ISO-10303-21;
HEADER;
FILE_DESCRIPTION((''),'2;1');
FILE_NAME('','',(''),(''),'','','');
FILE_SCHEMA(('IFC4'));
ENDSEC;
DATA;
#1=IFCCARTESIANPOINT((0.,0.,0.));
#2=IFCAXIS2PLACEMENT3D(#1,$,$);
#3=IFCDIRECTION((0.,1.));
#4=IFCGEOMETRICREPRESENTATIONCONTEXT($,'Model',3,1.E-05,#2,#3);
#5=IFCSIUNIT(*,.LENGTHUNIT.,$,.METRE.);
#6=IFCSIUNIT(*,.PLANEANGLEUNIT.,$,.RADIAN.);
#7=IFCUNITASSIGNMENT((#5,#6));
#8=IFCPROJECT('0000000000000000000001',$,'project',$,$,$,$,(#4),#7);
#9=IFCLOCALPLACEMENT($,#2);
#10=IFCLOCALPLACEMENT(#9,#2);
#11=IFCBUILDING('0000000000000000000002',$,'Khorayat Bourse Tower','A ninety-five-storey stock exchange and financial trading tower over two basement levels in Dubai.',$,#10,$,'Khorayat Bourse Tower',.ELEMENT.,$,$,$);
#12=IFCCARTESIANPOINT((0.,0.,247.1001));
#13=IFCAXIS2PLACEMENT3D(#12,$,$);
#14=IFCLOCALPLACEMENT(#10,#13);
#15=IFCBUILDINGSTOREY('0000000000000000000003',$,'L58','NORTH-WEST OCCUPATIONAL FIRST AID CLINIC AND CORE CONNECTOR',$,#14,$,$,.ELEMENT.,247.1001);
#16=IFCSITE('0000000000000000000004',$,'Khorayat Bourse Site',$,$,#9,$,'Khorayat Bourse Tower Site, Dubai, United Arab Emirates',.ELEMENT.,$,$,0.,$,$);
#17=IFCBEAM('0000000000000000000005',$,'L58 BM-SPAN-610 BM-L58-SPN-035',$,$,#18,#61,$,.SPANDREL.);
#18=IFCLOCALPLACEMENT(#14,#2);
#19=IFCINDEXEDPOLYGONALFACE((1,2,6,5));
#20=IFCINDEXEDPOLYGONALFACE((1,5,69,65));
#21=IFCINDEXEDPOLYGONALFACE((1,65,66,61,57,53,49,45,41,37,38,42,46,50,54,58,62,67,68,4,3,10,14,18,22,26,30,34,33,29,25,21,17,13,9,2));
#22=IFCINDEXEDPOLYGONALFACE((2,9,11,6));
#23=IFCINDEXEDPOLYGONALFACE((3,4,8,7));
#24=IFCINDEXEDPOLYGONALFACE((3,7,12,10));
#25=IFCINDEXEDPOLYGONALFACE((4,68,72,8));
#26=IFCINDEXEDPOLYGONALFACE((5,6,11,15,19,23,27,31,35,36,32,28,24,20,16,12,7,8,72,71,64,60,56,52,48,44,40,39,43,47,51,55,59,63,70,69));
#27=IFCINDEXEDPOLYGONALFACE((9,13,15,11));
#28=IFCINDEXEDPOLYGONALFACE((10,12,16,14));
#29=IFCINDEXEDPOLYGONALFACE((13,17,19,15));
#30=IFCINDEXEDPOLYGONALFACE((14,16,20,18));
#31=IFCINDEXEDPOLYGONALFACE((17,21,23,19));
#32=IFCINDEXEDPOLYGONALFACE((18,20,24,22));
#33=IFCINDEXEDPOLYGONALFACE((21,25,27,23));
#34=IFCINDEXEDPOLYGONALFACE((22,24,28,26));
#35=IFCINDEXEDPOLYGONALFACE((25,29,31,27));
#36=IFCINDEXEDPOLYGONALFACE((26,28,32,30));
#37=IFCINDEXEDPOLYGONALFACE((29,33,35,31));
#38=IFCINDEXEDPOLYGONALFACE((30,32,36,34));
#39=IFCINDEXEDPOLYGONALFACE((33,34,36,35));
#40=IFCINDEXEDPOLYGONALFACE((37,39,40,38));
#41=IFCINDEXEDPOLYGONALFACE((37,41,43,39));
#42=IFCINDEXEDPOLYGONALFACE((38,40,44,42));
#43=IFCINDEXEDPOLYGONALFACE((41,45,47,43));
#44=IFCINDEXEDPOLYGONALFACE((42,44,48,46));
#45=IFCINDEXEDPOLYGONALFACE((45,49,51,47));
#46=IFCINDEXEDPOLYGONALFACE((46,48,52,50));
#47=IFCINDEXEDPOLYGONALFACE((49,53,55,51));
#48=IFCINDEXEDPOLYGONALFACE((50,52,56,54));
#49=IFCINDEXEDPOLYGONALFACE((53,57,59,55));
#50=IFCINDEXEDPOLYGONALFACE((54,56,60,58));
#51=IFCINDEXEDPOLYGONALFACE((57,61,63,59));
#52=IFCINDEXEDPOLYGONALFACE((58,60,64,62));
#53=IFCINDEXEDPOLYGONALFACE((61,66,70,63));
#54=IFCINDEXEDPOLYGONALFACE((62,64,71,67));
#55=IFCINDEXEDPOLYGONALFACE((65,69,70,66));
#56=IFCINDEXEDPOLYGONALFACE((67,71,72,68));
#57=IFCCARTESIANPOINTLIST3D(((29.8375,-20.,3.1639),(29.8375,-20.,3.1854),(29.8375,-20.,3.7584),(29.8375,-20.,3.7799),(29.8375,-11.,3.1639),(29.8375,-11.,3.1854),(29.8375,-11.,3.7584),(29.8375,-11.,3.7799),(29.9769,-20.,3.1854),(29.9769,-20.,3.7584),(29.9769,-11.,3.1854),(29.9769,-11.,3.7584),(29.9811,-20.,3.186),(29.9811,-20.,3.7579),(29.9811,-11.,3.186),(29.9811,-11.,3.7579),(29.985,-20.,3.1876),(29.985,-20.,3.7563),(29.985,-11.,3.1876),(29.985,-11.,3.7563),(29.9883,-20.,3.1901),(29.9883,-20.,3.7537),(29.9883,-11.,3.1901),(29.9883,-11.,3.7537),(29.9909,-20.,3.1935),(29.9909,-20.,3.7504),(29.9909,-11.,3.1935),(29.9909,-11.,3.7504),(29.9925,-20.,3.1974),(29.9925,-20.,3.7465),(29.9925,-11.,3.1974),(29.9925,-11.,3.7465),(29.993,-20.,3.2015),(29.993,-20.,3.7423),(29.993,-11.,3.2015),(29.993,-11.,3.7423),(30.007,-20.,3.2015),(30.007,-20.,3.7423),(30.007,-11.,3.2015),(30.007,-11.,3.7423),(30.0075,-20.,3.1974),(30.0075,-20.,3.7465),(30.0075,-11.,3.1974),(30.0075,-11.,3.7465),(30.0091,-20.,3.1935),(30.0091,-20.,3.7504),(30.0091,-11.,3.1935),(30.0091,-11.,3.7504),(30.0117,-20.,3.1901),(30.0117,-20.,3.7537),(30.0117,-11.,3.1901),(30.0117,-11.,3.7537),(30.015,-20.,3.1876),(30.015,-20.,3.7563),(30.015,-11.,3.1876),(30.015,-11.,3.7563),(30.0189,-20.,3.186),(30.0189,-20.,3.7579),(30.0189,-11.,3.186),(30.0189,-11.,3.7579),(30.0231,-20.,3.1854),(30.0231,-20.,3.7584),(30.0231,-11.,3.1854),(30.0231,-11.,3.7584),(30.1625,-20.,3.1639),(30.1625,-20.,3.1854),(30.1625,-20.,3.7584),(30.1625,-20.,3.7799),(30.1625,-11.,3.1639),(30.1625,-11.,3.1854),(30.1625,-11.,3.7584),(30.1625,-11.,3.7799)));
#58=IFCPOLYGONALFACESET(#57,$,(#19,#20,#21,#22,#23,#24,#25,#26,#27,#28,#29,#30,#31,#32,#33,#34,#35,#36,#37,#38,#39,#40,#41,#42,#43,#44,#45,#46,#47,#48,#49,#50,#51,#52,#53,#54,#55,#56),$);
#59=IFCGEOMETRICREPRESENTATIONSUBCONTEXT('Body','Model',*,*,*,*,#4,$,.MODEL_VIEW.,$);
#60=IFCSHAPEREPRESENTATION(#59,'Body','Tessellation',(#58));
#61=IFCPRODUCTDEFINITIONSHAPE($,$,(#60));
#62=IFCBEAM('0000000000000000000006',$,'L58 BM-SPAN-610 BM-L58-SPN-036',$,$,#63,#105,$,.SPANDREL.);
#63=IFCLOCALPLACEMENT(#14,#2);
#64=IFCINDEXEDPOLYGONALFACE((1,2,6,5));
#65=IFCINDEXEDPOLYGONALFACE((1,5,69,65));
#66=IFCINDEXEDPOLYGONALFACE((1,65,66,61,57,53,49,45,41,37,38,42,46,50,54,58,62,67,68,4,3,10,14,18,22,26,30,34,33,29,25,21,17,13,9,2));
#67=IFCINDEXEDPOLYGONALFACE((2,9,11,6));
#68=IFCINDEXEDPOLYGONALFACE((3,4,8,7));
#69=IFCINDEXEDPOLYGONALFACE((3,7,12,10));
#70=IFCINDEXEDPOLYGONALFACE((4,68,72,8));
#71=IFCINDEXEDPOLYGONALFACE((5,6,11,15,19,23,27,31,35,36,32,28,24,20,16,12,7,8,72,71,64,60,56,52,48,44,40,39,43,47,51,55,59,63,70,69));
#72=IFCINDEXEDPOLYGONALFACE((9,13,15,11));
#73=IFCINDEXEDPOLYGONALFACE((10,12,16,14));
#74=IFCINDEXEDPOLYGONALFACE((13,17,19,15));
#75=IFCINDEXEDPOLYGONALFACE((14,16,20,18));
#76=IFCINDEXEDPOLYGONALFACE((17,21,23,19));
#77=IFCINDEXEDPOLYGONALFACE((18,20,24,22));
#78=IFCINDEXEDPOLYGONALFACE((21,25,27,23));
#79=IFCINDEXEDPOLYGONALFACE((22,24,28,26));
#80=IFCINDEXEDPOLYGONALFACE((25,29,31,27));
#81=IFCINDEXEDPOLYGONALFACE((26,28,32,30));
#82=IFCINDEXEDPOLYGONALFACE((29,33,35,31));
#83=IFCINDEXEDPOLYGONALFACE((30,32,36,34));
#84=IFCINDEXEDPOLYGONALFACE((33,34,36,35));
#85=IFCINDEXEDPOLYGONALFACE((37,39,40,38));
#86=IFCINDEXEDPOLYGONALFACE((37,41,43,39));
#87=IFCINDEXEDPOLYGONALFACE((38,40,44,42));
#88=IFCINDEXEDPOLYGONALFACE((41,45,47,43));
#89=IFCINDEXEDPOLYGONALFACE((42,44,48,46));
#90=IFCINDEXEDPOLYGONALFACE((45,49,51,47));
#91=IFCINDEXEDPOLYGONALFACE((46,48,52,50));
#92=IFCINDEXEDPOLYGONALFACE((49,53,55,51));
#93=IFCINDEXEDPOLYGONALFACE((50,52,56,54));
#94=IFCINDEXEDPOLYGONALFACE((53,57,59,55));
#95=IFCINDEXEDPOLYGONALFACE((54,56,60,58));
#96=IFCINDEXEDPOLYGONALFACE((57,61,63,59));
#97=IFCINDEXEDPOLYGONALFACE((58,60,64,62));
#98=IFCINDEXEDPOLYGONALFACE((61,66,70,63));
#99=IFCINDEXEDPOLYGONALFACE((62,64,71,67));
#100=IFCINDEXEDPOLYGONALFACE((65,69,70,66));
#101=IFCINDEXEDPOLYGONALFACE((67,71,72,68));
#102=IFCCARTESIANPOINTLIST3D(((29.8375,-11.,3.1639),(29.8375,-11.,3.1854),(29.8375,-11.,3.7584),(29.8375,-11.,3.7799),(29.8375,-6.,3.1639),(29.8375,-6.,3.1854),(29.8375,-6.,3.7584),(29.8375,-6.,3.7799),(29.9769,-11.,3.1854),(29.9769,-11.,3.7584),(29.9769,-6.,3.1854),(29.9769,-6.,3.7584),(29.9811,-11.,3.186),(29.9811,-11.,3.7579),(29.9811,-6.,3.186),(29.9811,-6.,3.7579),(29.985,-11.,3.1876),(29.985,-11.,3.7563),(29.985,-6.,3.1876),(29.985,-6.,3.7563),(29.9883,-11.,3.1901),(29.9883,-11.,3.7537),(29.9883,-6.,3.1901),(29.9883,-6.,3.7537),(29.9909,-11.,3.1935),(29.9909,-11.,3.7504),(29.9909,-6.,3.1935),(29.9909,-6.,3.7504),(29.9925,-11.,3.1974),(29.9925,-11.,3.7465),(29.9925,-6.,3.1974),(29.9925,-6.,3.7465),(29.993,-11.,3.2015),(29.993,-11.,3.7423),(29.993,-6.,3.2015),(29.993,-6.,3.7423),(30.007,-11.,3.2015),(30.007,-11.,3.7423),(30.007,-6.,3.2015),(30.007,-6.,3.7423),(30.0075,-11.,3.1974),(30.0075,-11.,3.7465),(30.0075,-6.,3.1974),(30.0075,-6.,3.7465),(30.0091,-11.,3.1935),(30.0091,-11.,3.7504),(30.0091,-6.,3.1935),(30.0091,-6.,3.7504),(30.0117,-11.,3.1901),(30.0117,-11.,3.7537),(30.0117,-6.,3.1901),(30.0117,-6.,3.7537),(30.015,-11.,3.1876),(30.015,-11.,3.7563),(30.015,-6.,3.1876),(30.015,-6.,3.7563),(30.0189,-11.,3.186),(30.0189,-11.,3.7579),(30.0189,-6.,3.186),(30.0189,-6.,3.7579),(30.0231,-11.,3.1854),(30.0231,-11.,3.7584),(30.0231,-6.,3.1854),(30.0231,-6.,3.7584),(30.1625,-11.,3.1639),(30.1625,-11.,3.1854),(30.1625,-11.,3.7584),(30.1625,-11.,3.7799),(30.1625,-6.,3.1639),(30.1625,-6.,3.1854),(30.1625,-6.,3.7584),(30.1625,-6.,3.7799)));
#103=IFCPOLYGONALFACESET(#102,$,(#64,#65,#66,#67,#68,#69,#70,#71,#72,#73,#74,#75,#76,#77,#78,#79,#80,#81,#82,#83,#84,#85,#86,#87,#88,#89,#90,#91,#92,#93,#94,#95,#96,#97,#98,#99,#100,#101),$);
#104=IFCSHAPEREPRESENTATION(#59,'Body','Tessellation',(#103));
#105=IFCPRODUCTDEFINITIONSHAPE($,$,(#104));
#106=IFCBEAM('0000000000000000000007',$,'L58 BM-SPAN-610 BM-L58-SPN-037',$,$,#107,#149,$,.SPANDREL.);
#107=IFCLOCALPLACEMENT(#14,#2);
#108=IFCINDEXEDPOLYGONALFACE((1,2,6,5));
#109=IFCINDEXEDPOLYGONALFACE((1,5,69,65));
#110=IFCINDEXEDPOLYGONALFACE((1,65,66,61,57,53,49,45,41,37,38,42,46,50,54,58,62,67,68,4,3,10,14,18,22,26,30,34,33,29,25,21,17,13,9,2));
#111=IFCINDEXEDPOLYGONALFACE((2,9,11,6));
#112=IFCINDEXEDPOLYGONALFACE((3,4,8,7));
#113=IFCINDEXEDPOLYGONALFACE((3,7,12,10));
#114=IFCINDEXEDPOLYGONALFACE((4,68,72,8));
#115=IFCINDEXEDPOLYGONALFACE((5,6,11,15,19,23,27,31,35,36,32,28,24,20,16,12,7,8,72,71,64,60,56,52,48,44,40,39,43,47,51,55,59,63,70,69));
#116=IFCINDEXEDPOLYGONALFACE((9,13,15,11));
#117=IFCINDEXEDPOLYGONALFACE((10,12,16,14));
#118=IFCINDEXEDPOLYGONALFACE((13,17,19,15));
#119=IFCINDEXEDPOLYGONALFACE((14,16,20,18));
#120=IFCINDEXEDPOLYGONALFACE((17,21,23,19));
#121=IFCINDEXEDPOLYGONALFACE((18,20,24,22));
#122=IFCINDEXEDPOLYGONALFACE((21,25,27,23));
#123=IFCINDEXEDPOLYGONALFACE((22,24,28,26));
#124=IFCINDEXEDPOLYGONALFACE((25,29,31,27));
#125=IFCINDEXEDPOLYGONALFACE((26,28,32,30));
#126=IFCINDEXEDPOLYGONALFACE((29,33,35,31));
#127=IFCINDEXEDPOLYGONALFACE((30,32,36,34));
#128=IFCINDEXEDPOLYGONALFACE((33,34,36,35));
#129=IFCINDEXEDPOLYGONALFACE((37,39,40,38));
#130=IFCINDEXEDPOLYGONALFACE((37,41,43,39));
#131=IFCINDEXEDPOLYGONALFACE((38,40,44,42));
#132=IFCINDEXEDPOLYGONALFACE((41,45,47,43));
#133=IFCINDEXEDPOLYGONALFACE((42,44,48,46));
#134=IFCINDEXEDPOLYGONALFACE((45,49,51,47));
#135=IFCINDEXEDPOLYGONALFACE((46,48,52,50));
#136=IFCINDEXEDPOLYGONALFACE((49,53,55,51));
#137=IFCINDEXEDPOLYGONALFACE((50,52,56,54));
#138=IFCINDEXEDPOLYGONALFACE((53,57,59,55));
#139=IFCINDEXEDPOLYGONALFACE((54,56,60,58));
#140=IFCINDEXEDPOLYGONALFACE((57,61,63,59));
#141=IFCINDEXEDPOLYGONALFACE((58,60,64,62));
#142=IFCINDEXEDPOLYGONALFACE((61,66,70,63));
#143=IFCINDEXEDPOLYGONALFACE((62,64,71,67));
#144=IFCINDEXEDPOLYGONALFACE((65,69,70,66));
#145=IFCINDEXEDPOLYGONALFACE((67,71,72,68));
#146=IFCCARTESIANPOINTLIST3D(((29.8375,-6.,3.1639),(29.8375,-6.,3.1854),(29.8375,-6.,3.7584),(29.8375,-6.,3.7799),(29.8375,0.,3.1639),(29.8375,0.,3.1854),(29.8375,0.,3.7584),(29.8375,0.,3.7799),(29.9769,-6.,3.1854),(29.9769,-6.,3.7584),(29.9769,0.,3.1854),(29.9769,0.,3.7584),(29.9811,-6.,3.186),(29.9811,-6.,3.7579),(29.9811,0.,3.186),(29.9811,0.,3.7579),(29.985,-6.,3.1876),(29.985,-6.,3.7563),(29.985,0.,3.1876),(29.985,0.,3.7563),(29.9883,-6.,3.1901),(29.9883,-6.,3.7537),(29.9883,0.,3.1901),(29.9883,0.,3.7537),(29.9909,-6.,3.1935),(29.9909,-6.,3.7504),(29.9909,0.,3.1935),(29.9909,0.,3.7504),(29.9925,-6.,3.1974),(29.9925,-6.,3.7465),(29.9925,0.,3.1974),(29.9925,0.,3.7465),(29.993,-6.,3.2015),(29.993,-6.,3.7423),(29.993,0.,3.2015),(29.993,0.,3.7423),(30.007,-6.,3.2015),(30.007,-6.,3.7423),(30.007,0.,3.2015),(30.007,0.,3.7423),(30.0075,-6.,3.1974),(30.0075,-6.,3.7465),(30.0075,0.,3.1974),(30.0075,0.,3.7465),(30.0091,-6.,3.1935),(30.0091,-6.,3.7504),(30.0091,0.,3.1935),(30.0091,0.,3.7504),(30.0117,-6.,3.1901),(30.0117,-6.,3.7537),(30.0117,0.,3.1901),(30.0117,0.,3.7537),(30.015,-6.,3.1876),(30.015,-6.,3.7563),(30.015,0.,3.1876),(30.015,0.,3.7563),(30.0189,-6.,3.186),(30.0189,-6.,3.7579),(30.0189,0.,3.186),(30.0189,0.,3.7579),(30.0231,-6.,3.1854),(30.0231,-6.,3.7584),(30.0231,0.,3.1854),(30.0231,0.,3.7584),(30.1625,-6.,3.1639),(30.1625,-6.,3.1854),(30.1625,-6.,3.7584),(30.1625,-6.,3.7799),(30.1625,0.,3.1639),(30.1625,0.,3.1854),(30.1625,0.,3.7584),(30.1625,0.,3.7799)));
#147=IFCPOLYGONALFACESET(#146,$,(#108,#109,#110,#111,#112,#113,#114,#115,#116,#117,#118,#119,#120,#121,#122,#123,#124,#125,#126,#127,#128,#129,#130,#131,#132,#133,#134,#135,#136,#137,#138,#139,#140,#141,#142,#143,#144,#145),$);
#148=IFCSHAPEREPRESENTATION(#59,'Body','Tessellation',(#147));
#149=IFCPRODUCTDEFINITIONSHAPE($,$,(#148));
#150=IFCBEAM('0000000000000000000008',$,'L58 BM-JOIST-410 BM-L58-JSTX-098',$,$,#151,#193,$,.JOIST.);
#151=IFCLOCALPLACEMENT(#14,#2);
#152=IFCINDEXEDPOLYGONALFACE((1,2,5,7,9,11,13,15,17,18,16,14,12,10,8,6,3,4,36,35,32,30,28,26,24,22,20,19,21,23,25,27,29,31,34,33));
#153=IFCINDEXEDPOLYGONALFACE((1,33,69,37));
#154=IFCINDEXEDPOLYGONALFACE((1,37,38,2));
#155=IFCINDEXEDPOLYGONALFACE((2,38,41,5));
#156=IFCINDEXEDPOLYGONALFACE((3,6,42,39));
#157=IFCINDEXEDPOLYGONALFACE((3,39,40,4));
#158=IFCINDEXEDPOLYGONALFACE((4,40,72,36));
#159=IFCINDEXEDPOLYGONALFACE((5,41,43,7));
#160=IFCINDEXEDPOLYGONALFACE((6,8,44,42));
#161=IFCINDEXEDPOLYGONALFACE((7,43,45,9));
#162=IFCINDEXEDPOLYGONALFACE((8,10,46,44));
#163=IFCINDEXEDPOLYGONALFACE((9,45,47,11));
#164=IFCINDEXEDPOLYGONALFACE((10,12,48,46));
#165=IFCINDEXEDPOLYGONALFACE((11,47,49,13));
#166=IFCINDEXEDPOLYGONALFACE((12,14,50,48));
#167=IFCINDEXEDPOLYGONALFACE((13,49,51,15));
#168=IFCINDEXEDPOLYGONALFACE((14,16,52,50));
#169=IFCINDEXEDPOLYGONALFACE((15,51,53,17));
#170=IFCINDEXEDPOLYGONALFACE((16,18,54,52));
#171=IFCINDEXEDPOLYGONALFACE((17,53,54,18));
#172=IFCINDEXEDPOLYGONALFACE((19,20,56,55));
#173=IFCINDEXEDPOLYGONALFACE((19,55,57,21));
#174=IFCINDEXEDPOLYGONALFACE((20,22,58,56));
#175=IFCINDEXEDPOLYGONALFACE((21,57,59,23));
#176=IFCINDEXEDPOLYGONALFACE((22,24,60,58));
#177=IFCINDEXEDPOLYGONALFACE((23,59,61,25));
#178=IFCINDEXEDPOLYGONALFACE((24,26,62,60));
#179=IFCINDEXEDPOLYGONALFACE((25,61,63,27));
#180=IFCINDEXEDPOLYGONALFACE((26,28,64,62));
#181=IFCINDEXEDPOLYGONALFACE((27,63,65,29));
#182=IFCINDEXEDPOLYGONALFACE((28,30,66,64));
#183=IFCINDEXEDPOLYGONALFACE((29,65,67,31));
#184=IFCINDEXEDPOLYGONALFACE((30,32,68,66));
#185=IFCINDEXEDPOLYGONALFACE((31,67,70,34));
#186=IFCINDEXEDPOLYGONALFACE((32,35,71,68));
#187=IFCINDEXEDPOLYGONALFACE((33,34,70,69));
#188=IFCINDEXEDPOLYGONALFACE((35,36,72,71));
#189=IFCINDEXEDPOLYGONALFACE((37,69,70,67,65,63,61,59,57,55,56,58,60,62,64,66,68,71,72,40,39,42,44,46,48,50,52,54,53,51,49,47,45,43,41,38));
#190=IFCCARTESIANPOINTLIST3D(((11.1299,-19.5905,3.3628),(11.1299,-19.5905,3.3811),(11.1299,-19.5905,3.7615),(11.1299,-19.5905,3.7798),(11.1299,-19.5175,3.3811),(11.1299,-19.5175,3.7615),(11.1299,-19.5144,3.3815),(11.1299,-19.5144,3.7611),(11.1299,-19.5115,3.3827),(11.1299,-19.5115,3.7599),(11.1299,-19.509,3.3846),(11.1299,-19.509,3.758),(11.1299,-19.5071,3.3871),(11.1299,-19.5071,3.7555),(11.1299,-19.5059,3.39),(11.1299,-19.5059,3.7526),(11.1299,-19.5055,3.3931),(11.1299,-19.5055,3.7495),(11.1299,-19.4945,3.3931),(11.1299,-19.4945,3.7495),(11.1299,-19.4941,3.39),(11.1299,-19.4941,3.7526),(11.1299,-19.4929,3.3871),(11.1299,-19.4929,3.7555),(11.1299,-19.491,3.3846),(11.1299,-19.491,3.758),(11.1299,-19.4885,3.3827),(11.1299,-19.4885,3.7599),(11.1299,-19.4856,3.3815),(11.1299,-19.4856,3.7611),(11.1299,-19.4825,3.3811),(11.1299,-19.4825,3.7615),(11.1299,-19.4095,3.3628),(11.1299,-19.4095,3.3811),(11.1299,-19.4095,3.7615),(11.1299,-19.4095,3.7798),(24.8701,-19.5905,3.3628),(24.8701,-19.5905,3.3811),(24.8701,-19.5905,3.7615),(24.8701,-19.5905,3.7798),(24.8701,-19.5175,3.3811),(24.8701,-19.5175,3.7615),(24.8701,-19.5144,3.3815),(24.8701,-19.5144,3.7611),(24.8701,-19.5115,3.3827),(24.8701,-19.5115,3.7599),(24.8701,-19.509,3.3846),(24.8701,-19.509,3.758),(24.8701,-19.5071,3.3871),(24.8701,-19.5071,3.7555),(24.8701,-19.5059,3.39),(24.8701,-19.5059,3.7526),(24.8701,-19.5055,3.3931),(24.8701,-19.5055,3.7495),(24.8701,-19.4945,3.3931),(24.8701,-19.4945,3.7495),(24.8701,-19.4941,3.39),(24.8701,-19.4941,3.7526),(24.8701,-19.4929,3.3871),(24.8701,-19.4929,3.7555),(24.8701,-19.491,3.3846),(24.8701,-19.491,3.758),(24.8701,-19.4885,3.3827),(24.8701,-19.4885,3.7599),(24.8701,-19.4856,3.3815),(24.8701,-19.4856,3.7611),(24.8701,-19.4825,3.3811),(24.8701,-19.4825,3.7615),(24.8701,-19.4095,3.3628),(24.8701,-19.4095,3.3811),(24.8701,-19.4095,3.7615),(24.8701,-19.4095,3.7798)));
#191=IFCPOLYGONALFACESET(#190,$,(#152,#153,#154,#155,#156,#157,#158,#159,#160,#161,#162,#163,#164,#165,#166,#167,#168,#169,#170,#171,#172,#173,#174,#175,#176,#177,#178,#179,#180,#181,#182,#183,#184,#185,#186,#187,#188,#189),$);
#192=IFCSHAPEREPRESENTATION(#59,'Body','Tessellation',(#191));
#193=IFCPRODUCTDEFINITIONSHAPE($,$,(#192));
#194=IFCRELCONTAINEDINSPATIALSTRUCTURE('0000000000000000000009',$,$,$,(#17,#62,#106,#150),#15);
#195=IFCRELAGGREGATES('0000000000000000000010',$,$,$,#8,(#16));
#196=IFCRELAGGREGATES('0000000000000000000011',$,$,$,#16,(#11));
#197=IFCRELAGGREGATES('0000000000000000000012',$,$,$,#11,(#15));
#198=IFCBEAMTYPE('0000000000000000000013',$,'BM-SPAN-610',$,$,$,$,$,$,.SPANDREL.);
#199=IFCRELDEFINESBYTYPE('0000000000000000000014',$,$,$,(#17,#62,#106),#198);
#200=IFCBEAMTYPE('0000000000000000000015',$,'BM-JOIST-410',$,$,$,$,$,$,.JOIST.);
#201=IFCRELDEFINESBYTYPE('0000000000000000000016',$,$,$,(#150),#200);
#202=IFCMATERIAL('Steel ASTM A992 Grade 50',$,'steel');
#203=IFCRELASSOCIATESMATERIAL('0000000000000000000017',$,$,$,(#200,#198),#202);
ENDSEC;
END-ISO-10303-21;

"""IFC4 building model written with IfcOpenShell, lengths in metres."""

from ifc_helpers import new_model, si_unit, direction, frame, origin, origin_2d, place, context, subcontext, project, spatial, i_section, extrude, source, transform, mapped, material, material_profile, profile_set, type_object, element, save


model = new_model("IFC4")

# Units and contexts
model_context = context("Model", 3, precision=1e-05, world=origin(), true_north=direction((0.0, 1.0)))
body_context = subcontext(model_context, "Body", "Model", "MODEL_VIEW")
ifc_project = project(units=[si_unit("LENGTHUNIT", "METRE"), si_unit("PLANEANGLEUNIT", "RADIAN")], contexts=[model_context])

# Site, building, storey
site_placement = place(None, origin())
site = spatial("IfcSite", under=ifc_project, at=site_placement, Name="Khorayat Bourse Site", LongName="Khorayat Bourse Tower Site, Dubai, United Arab Emirates", CompositionType="ELEMENT", RefElevation=0.0)
building_placement = place(site_placement, origin())
building = spatial("IfcBuilding", under=site, at=building_placement, Name="Khorayat Bourse Tower", Description="A ninety-five-storey stock exchange and financial trading tower over two basement levels in Dubai.", LongName="Khorayat Bourse Tower", CompositionType="ELEMENT")
storey_placement = place(building_placement, frame((0.0, 0.0, 247.1001)))
storey = spatial("IfcBuildingStorey", under=building, at=storey_placement, Name="L58", Description="NORTH-WEST OCCUPATIONAL FIRST AID CLINIC AND CORE CONNECTOR", CompositionType="ELEMENT", Elevation=247.1001)

# Beams
ifc_material_1 = material(Name="Steel ASTM A992 Grade 50", Category="steel")
ifc_material_profile_1 = material_profile(ifc_material_1, i_section(OverallWidth=0.1809, OverallDepth=0.417, WebThickness=0.011, FlangeThickness=0.0183, FilletRadius=0.012, at=origin_2d()), Name="W410X85")
ifc_profile_set_1 = profile_set([ifc_material_profile_1], Name="Steel ASTM A992 Grade 50")
beam_type_1 = type_object("IfcBeamType", Name="BM-JOIST-410", PredefinedType="JOIST", material=ifc_profile_set_1)
ifc_material_profile_2 = material_profile(ifc_material_1, i_section(OverallWidth=0.325, OverallDepth=0.616, WebThickness=0.0139, FlangeThickness=0.0215, FilletRadius=0.0161, at=origin_2d()), Name="W610X174")
ifc_profile_set_2 = profile_set([ifc_material_profile_2], Name="Steel ASTM A992 Grade 50")
beam_type_2 = type_object("IfcBeamType", Name="BM-SPAN-610", PredefinedType="SPANDREL", material=ifc_profile_set_2)
shared_shape_1 = source(origin(), body_context, "Body", "SweptSolid", [
    extrude(i_section(OverallWidth=0.325, OverallDepth=0.616, WebThickness=0.0139, FlangeThickness=0.0215, FilletRadius=0.0161, at=origin_2d()), origin(), (0.0, 0.0, 1.0), 9.0),
])
beam_1_placement = place(storey_placement, frame((30.0, -20.0, 3.4719), z_axis=(0.0, 1.0, 0.0), x_axis=(-1.0, 0.0, 0.0)))
element("IfcBeam", 1, at=beam_1_placement, inside=storey, type_object=beam_type_2, Name="L58 BM-SPAN-610 BM-L58-SPN-035", PredefinedType="SPANDREL", context=body_context, shape_type="MappedRepresentation", body=[
    mapped(shared_shape_1, transform((0.0, 0.0, 0.0), scale=1.0)),
])
shared_shape_2 = source(origin(), body_context, "Body", "SweptSolid", [
    extrude(i_section(OverallWidth=0.325, OverallDepth=0.616, WebThickness=0.0139, FlangeThickness=0.0215, FilletRadius=0.0161, at=origin_2d()), origin(), (0.0, 0.0, 1.0), 5.0),
])
beam_2_placement = place(storey_placement, frame((30.0, -11.0, 3.4719), z_axis=(0.0, 1.0, 0.0), x_axis=(-1.0, 0.0, 0.0)))
element("IfcBeam", 2, at=beam_2_placement, inside=storey, type_object=beam_type_2, Name="L58 BM-SPAN-610 BM-L58-SPN-036", PredefinedType="SPANDREL", context=body_context, shape_type="MappedRepresentation", body=[
    mapped(shared_shape_2, transform((0.0, 0.0, 0.0), scale=1.0)),
])
shared_shape_3 = source(origin(), body_context, "Body", "SweptSolid", [
    extrude(i_section(OverallWidth=0.325, OverallDepth=0.616, WebThickness=0.0139, FlangeThickness=0.0215, FilletRadius=0.0161, at=origin_2d()), origin(), (0.0, 0.0, 1.0), 6.0),
])
beam_3_placement = place(storey_placement, frame((30.0, -6.0, 3.4719), z_axis=(0.0, 1.0, 0.0), x_axis=(-1.0, 0.0, 0.0)))
element("IfcBeam", 3, at=beam_3_placement, inside=storey, type_object=beam_type_2, Name="L58 BM-SPAN-610 BM-L58-SPN-037", PredefinedType="SPANDREL", context=body_context, shape_type="MappedRepresentation", body=[
    mapped(shared_shape_3, transform((0.0, 0.0, 0.0), scale=1.0)),
])
shared_shape_4 = source(origin(), body_context, "Body", "SweptSolid", [
    extrude(i_section(OverallWidth=0.1809, OverallDepth=0.417, WebThickness=0.011, FlangeThickness=0.0183, FilletRadius=0.012, at=origin_2d()), origin(), (0.0, 0.0, 1.0), 13.7402),
])
beam_4_placement = place(storey_placement, frame((11.1299, -19.5, 3.5713), z_axis=(1.0, 0.0, 0.0), x_axis=(0.0, 1.0, 0.0)))
element("IfcBeam", 4, at=beam_4_placement, inside=storey, type_object=beam_type_1, Name="L58 BM-JOIST-410 BM-L58-JSTX-098", PredefinedType="JOIST", context=body_context, shape_type="MappedRepresentation", body=[
    mapped(shared_shape_4, transform((0.0, 0.0, 0.0), scale=1.0)),
])

save(model, "model.ifc")
